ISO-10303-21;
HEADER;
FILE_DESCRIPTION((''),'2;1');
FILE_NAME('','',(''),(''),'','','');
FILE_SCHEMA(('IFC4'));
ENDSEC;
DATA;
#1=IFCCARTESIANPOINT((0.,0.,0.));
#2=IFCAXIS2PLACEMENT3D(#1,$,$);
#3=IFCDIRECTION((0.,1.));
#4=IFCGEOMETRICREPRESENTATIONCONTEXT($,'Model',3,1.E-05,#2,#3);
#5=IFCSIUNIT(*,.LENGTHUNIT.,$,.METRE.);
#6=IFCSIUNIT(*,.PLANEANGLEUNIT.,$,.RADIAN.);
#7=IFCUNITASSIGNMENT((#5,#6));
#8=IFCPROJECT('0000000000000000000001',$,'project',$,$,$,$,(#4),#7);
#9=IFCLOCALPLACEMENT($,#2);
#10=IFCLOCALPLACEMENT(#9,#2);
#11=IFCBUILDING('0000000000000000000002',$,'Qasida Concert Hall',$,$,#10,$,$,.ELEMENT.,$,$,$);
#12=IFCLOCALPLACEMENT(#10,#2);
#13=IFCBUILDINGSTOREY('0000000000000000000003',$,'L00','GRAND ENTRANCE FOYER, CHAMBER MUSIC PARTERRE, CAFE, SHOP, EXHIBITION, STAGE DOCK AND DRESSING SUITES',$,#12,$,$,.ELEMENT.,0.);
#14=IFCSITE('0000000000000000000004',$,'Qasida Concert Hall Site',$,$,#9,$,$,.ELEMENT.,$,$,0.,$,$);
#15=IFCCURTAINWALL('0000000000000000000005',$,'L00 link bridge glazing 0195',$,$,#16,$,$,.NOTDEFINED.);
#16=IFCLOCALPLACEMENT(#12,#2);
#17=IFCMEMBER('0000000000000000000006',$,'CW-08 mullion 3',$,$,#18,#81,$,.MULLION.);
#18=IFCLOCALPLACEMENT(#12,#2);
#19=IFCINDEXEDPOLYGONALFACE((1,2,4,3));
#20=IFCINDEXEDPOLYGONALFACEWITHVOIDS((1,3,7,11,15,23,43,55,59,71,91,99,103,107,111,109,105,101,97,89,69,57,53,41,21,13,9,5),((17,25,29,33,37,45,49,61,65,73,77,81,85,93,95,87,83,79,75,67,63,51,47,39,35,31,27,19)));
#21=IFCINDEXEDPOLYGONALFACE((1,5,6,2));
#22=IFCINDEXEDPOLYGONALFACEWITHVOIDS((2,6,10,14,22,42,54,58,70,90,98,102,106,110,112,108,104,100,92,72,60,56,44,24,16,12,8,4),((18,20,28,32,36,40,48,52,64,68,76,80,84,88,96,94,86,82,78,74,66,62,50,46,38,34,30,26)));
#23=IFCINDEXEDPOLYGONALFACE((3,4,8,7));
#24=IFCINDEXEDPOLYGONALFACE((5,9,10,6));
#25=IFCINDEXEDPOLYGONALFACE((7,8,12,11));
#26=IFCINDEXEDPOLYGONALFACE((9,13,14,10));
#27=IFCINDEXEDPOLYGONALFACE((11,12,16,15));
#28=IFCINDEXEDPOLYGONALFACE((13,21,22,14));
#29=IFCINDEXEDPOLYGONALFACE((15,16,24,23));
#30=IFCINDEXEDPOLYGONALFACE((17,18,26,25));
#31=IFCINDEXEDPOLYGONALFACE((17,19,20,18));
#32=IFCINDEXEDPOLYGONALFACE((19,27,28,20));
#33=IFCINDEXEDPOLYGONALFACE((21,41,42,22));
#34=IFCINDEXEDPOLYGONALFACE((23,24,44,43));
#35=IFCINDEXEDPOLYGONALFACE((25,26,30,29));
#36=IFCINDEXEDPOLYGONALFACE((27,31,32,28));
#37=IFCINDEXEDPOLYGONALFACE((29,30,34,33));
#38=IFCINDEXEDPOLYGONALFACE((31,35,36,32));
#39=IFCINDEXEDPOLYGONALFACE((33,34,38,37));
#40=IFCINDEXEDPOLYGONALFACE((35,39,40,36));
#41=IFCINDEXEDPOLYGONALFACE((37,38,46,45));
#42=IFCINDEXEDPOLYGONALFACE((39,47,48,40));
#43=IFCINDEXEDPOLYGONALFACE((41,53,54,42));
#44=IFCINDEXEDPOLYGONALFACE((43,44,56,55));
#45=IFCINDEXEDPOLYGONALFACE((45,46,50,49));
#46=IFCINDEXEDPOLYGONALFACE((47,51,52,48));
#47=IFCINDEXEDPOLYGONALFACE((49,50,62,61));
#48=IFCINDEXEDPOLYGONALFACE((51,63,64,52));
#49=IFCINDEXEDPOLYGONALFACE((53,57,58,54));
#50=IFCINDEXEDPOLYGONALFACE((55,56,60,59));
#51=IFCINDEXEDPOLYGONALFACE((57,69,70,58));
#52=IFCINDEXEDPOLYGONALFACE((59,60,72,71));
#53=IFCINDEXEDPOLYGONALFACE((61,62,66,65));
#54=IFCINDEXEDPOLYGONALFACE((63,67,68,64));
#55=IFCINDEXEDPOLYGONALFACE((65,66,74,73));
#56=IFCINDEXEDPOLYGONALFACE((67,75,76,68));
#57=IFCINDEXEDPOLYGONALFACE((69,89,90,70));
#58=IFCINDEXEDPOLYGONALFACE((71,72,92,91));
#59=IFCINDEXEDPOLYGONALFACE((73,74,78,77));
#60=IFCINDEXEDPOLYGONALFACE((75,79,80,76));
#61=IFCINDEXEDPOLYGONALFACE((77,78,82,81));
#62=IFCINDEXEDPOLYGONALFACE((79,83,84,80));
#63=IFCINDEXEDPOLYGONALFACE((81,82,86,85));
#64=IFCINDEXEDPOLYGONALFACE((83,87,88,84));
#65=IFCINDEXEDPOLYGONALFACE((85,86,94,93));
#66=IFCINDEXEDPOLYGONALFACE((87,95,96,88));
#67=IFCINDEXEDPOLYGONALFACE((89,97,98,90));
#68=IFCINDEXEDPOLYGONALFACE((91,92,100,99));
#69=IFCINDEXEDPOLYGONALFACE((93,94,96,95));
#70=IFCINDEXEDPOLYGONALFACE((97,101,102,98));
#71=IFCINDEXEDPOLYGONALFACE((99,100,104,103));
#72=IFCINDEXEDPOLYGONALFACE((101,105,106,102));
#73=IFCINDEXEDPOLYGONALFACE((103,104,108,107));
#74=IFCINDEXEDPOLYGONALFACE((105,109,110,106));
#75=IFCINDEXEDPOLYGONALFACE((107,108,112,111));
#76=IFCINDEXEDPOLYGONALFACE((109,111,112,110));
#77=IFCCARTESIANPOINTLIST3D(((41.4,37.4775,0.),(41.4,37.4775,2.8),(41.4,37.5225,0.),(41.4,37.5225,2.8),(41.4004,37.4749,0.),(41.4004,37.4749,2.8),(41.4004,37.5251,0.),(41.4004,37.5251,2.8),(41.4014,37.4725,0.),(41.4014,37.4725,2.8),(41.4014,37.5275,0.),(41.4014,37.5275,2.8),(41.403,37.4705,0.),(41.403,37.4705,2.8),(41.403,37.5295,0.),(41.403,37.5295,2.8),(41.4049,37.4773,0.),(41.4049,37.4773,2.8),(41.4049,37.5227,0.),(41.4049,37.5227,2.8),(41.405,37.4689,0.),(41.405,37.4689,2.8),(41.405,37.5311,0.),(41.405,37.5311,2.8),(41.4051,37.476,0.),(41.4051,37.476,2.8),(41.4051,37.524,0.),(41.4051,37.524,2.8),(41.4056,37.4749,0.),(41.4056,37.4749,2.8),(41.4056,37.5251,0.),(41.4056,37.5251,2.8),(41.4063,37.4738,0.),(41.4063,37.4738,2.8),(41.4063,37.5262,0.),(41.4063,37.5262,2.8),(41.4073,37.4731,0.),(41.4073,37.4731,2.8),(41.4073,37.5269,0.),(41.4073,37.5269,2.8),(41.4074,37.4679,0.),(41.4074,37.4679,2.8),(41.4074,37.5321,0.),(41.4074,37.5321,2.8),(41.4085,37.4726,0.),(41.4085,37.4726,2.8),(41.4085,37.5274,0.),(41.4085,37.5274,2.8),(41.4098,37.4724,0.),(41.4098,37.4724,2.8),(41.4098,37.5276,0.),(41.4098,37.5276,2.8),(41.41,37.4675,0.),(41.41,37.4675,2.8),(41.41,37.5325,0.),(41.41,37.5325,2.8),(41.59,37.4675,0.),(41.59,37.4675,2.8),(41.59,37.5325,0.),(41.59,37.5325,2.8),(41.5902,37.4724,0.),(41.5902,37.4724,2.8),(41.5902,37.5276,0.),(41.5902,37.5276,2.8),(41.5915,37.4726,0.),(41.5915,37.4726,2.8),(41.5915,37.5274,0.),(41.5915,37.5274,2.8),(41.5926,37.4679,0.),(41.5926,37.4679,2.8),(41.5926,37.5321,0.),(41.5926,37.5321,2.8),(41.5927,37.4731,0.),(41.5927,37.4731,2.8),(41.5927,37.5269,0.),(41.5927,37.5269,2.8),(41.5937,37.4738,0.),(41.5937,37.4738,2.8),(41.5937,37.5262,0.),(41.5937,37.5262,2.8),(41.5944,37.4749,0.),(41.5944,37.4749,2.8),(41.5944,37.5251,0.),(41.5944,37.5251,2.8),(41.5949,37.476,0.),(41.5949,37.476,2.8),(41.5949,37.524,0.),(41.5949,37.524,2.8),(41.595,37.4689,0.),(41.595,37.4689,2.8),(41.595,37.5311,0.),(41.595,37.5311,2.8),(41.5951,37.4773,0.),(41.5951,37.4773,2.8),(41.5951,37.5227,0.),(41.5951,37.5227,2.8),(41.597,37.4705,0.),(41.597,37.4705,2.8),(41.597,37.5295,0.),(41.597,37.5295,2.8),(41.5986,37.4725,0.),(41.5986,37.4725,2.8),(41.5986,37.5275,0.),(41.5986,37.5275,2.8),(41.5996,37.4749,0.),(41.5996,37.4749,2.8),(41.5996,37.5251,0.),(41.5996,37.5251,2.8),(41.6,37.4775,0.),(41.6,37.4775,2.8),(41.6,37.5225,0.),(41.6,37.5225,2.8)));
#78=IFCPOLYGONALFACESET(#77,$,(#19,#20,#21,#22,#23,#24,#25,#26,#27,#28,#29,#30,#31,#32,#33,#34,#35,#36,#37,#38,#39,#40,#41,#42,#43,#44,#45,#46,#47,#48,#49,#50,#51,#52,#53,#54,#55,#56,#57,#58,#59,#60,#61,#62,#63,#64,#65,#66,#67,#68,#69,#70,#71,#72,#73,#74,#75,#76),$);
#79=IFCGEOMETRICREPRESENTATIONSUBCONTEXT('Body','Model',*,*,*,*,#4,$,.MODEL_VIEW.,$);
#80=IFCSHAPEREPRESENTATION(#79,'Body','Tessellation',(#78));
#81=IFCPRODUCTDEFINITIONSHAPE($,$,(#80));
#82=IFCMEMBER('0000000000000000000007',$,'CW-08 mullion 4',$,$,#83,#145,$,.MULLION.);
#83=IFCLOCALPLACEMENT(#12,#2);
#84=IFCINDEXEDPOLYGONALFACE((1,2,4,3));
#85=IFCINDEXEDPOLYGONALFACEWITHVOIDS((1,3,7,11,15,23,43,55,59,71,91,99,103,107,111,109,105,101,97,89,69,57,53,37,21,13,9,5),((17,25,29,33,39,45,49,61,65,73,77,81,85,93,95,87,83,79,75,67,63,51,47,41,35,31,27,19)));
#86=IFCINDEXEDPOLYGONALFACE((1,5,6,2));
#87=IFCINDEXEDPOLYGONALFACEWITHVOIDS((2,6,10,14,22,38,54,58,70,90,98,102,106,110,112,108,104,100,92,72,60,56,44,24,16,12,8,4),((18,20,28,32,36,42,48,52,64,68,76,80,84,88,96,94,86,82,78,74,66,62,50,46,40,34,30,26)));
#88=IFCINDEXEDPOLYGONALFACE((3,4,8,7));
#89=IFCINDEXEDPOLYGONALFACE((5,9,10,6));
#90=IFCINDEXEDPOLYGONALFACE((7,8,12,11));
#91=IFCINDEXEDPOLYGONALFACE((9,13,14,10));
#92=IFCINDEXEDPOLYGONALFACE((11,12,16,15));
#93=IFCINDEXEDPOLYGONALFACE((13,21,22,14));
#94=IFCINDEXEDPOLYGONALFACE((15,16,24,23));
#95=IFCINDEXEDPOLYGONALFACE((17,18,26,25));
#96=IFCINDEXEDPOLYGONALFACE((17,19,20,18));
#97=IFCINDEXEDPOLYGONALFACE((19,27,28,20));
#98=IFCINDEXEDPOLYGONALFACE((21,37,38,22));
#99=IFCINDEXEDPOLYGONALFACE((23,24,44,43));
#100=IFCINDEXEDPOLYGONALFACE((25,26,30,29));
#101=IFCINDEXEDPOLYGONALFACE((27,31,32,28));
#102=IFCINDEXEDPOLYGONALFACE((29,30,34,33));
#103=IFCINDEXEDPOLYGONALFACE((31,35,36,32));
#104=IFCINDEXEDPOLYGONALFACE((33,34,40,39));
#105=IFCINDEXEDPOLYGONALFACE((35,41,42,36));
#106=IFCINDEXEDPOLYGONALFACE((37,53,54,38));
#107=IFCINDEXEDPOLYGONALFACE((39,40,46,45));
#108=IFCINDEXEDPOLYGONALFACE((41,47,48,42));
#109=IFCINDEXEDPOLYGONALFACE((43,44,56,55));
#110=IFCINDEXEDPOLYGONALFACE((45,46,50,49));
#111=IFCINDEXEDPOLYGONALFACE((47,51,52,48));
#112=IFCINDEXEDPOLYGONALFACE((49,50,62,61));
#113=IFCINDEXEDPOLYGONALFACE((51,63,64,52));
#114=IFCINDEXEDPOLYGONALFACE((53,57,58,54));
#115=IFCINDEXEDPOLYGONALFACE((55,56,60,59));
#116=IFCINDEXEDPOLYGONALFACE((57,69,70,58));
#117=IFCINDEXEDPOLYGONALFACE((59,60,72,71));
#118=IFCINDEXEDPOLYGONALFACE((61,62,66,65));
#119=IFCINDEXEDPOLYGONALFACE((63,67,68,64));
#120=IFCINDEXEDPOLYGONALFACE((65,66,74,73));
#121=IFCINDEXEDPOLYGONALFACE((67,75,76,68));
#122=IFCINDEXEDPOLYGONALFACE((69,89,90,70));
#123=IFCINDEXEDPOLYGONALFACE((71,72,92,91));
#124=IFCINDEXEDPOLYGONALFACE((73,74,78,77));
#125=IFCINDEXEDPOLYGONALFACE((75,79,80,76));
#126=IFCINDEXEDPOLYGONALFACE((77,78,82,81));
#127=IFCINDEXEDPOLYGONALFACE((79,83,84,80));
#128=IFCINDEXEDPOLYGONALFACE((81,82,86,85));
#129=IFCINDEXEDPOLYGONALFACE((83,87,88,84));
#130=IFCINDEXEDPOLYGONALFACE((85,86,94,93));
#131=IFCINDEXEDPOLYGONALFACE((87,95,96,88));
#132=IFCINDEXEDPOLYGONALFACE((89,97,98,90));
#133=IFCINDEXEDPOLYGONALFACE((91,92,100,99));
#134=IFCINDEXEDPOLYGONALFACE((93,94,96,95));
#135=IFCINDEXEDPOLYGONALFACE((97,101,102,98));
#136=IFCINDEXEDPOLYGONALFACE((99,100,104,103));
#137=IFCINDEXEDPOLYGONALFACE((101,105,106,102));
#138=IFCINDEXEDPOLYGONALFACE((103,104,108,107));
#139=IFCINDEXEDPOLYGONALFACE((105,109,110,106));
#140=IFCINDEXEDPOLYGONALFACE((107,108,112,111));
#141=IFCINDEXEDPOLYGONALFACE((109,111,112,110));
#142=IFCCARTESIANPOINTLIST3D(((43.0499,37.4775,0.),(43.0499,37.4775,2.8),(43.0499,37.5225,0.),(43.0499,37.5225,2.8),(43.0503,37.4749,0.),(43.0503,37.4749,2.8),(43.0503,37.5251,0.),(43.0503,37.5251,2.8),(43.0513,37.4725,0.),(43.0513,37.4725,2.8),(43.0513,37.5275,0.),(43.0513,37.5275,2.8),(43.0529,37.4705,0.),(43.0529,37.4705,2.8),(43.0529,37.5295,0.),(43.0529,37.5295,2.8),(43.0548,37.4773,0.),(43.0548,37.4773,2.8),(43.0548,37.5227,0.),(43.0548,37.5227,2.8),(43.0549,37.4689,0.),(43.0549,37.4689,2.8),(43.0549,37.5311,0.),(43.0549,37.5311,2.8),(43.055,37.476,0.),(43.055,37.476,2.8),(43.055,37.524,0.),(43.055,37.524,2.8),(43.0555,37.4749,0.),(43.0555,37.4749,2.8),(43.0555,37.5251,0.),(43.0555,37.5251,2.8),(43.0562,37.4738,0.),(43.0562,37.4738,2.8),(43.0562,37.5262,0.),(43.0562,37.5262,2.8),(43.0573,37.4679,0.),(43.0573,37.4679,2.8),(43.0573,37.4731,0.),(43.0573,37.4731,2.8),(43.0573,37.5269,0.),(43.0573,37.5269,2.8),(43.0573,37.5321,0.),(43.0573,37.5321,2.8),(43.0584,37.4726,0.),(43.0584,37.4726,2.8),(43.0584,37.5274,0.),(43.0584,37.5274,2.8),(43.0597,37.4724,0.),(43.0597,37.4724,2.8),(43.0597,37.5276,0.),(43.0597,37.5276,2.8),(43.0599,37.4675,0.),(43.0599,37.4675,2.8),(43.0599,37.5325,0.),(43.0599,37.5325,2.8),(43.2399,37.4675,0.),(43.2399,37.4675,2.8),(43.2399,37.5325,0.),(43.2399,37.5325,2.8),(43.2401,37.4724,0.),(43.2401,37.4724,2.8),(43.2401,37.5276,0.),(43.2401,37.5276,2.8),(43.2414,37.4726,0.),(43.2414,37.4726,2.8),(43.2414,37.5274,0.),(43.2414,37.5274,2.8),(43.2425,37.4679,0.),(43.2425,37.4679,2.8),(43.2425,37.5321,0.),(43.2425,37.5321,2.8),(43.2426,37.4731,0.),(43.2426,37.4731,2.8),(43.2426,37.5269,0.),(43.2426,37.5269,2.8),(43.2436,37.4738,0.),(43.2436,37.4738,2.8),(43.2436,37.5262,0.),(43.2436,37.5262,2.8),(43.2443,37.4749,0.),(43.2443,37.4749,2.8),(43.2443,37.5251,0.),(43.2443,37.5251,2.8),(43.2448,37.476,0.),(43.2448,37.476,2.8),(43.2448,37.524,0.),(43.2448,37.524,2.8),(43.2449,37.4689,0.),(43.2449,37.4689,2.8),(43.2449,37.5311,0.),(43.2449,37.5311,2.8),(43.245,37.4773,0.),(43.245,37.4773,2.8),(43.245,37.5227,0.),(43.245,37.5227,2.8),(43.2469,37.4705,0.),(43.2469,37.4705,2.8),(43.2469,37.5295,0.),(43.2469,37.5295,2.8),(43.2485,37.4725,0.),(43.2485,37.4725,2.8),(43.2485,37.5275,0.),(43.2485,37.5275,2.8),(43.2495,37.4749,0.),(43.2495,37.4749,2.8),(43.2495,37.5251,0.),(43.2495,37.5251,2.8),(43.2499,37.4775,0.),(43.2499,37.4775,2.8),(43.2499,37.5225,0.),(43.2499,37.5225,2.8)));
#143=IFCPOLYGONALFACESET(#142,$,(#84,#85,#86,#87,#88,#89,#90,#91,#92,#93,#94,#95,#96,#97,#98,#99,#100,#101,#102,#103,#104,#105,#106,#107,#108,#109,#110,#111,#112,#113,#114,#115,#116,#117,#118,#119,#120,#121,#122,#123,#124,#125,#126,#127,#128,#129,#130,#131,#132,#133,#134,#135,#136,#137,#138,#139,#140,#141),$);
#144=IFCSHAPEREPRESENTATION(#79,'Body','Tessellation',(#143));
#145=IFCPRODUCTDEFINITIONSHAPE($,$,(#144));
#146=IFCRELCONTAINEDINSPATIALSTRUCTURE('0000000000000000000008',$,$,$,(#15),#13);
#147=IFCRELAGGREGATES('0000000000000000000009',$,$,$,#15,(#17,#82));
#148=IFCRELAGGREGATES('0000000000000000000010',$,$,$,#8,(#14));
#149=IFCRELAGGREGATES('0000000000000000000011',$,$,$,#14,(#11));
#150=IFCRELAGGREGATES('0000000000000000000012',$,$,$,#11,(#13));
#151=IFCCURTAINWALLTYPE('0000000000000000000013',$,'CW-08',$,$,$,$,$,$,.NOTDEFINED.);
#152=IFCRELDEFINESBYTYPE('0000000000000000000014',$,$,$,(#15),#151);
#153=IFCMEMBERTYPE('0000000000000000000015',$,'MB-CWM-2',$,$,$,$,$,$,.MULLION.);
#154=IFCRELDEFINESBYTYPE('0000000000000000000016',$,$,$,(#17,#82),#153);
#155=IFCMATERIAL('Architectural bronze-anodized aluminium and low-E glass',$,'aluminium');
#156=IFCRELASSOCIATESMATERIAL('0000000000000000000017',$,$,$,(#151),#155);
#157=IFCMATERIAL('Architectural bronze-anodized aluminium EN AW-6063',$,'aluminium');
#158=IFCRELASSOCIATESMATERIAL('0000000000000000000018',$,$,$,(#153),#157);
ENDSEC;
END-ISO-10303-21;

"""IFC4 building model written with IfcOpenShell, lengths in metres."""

from ifc_helpers import new_model, si_unit, direction, frame, origin, origin_2d, place, context, subcontext, project, spatial, hollow_rectangle, extrude, material, material_profile, profile_set, type_object, element, aggregate, save


model = new_model("IFC4")

# Units and contexts
model_context = context("Model", 3, precision=1e-05, world=origin(), true_north=direction((0.0, 1.0)))
body_context = subcontext(model_context, "Body", "Model", "MODEL_VIEW")
ifc_project = project(units=[si_unit("LENGTHUNIT", "METRE"), si_unit("PLANEANGLEUNIT", "RADIAN")], contexts=[model_context])

# Site, building, storey
site_placement = place(None, origin())
site = spatial("IfcSite", under=ifc_project, at=site_placement, Name="Qasida Concert Hall Site", CompositionType="ELEMENT", RefElevation=0.0)
building_placement = place(site_placement, origin())
building = spatial("IfcBuilding", under=site, at=building_placement, Name="Qasida Concert Hall", CompositionType="ELEMENT")
storey_placement = place(building_placement, origin())
storey = spatial("IfcBuildingStorey", under=building, at=storey_placement, Name="L00", Description="GRAND ENTRANCE FOYER, CHAMBER MUSIC PARTERRE, CAFE, SHOP, EXHIBITION, STAGE DOCK AND DRESSING SUITES", CompositionType="ELEMENT", Elevation=0.0)

# Curtain wall, members
ifc_material_1 = material(Name="Architectural bronze-anodized aluminium and low-E glass", Category="aluminium")
curtain_wall_type = type_object("IfcCurtainWallType", Name="CW-08", PredefinedType="NOTDEFINED", material=ifc_material_1)
curtain_wall_1_placement = place(storey_placement, origin())
curtain_wall_1 = element("IfcCurtainWall", 1, at=curtain_wall_1_placement, inside=storey, type_object=curtain_wall_type, Name="L00 link bridge glazing 0195", PredefinedType="NOTDEFINED")
ifc_material_2 = material(Name="Architectural bronze-anodized aluminium EN AW-6063", Category="aluminium")
ifc_material_profile_1 = material_profile(ifc_material_2, hollow_rectangle(XDim=0.0649, YDim=0.2, WallThickness=0.0049, InnerFilletRadius=0.0049, OuterFilletRadius=0.01, at=origin_2d()), Name="CWM 200x65x5")
ifc_profile_set_1 = profile_set([ifc_material_profile_1], Name="Architectural bronze-anodized aluminium EN AW-6063")
member_type_1 = type_object("IfcMemberType", Name="MB-CWM-2", PredefinedType="MULLION", material=ifc_profile_set_1)
member_1_placement = place(storey_placement, frame((41.5, 37.5, 0.0), z_axis=(0.0, 0.0, 1.0), x_axis=(0.0, 1.0, 0.0)))
member_1 = element("IfcMember", 2, at=member_1_placement, type_object=member_type_1, Name="CW-08 mullion 3", PredefinedType="MULLION", context=body_context, shape_type="SweptSolid", body=[
    extrude(hollow_rectangle(XDim=0.0649, YDim=0.2, WallThickness=0.0049, InnerFilletRadius=0.0049, OuterFilletRadius=0.01, at=origin_2d()), origin(), (0.0, 0.0, 1.0), 2.8),
])
member_2_placement = place(storey_placement, frame((43.1499, 37.5, 0.0), z_axis=(0.0, 0.0, 1.0), x_axis=(0.0, 1.0, 0.0)))
member_2 = element("IfcMember", 3, at=member_2_placement, type_object=member_type_1, Name="CW-08 mullion 4", PredefinedType="MULLION", context=body_context, shape_type="SweptSolid", body=[
    extrude(hollow_rectangle(XDim=0.0649, YDim=0.2, WallThickness=0.0049, InnerFilletRadius=0.0049, OuterFilletRadius=0.01, at=origin_2d()), origin(), (0.0, 0.0, 1.0), 2.8),
])

aggregate(curtain_wall_1, [member_1, member_2])

save(model, "model.ifc")
